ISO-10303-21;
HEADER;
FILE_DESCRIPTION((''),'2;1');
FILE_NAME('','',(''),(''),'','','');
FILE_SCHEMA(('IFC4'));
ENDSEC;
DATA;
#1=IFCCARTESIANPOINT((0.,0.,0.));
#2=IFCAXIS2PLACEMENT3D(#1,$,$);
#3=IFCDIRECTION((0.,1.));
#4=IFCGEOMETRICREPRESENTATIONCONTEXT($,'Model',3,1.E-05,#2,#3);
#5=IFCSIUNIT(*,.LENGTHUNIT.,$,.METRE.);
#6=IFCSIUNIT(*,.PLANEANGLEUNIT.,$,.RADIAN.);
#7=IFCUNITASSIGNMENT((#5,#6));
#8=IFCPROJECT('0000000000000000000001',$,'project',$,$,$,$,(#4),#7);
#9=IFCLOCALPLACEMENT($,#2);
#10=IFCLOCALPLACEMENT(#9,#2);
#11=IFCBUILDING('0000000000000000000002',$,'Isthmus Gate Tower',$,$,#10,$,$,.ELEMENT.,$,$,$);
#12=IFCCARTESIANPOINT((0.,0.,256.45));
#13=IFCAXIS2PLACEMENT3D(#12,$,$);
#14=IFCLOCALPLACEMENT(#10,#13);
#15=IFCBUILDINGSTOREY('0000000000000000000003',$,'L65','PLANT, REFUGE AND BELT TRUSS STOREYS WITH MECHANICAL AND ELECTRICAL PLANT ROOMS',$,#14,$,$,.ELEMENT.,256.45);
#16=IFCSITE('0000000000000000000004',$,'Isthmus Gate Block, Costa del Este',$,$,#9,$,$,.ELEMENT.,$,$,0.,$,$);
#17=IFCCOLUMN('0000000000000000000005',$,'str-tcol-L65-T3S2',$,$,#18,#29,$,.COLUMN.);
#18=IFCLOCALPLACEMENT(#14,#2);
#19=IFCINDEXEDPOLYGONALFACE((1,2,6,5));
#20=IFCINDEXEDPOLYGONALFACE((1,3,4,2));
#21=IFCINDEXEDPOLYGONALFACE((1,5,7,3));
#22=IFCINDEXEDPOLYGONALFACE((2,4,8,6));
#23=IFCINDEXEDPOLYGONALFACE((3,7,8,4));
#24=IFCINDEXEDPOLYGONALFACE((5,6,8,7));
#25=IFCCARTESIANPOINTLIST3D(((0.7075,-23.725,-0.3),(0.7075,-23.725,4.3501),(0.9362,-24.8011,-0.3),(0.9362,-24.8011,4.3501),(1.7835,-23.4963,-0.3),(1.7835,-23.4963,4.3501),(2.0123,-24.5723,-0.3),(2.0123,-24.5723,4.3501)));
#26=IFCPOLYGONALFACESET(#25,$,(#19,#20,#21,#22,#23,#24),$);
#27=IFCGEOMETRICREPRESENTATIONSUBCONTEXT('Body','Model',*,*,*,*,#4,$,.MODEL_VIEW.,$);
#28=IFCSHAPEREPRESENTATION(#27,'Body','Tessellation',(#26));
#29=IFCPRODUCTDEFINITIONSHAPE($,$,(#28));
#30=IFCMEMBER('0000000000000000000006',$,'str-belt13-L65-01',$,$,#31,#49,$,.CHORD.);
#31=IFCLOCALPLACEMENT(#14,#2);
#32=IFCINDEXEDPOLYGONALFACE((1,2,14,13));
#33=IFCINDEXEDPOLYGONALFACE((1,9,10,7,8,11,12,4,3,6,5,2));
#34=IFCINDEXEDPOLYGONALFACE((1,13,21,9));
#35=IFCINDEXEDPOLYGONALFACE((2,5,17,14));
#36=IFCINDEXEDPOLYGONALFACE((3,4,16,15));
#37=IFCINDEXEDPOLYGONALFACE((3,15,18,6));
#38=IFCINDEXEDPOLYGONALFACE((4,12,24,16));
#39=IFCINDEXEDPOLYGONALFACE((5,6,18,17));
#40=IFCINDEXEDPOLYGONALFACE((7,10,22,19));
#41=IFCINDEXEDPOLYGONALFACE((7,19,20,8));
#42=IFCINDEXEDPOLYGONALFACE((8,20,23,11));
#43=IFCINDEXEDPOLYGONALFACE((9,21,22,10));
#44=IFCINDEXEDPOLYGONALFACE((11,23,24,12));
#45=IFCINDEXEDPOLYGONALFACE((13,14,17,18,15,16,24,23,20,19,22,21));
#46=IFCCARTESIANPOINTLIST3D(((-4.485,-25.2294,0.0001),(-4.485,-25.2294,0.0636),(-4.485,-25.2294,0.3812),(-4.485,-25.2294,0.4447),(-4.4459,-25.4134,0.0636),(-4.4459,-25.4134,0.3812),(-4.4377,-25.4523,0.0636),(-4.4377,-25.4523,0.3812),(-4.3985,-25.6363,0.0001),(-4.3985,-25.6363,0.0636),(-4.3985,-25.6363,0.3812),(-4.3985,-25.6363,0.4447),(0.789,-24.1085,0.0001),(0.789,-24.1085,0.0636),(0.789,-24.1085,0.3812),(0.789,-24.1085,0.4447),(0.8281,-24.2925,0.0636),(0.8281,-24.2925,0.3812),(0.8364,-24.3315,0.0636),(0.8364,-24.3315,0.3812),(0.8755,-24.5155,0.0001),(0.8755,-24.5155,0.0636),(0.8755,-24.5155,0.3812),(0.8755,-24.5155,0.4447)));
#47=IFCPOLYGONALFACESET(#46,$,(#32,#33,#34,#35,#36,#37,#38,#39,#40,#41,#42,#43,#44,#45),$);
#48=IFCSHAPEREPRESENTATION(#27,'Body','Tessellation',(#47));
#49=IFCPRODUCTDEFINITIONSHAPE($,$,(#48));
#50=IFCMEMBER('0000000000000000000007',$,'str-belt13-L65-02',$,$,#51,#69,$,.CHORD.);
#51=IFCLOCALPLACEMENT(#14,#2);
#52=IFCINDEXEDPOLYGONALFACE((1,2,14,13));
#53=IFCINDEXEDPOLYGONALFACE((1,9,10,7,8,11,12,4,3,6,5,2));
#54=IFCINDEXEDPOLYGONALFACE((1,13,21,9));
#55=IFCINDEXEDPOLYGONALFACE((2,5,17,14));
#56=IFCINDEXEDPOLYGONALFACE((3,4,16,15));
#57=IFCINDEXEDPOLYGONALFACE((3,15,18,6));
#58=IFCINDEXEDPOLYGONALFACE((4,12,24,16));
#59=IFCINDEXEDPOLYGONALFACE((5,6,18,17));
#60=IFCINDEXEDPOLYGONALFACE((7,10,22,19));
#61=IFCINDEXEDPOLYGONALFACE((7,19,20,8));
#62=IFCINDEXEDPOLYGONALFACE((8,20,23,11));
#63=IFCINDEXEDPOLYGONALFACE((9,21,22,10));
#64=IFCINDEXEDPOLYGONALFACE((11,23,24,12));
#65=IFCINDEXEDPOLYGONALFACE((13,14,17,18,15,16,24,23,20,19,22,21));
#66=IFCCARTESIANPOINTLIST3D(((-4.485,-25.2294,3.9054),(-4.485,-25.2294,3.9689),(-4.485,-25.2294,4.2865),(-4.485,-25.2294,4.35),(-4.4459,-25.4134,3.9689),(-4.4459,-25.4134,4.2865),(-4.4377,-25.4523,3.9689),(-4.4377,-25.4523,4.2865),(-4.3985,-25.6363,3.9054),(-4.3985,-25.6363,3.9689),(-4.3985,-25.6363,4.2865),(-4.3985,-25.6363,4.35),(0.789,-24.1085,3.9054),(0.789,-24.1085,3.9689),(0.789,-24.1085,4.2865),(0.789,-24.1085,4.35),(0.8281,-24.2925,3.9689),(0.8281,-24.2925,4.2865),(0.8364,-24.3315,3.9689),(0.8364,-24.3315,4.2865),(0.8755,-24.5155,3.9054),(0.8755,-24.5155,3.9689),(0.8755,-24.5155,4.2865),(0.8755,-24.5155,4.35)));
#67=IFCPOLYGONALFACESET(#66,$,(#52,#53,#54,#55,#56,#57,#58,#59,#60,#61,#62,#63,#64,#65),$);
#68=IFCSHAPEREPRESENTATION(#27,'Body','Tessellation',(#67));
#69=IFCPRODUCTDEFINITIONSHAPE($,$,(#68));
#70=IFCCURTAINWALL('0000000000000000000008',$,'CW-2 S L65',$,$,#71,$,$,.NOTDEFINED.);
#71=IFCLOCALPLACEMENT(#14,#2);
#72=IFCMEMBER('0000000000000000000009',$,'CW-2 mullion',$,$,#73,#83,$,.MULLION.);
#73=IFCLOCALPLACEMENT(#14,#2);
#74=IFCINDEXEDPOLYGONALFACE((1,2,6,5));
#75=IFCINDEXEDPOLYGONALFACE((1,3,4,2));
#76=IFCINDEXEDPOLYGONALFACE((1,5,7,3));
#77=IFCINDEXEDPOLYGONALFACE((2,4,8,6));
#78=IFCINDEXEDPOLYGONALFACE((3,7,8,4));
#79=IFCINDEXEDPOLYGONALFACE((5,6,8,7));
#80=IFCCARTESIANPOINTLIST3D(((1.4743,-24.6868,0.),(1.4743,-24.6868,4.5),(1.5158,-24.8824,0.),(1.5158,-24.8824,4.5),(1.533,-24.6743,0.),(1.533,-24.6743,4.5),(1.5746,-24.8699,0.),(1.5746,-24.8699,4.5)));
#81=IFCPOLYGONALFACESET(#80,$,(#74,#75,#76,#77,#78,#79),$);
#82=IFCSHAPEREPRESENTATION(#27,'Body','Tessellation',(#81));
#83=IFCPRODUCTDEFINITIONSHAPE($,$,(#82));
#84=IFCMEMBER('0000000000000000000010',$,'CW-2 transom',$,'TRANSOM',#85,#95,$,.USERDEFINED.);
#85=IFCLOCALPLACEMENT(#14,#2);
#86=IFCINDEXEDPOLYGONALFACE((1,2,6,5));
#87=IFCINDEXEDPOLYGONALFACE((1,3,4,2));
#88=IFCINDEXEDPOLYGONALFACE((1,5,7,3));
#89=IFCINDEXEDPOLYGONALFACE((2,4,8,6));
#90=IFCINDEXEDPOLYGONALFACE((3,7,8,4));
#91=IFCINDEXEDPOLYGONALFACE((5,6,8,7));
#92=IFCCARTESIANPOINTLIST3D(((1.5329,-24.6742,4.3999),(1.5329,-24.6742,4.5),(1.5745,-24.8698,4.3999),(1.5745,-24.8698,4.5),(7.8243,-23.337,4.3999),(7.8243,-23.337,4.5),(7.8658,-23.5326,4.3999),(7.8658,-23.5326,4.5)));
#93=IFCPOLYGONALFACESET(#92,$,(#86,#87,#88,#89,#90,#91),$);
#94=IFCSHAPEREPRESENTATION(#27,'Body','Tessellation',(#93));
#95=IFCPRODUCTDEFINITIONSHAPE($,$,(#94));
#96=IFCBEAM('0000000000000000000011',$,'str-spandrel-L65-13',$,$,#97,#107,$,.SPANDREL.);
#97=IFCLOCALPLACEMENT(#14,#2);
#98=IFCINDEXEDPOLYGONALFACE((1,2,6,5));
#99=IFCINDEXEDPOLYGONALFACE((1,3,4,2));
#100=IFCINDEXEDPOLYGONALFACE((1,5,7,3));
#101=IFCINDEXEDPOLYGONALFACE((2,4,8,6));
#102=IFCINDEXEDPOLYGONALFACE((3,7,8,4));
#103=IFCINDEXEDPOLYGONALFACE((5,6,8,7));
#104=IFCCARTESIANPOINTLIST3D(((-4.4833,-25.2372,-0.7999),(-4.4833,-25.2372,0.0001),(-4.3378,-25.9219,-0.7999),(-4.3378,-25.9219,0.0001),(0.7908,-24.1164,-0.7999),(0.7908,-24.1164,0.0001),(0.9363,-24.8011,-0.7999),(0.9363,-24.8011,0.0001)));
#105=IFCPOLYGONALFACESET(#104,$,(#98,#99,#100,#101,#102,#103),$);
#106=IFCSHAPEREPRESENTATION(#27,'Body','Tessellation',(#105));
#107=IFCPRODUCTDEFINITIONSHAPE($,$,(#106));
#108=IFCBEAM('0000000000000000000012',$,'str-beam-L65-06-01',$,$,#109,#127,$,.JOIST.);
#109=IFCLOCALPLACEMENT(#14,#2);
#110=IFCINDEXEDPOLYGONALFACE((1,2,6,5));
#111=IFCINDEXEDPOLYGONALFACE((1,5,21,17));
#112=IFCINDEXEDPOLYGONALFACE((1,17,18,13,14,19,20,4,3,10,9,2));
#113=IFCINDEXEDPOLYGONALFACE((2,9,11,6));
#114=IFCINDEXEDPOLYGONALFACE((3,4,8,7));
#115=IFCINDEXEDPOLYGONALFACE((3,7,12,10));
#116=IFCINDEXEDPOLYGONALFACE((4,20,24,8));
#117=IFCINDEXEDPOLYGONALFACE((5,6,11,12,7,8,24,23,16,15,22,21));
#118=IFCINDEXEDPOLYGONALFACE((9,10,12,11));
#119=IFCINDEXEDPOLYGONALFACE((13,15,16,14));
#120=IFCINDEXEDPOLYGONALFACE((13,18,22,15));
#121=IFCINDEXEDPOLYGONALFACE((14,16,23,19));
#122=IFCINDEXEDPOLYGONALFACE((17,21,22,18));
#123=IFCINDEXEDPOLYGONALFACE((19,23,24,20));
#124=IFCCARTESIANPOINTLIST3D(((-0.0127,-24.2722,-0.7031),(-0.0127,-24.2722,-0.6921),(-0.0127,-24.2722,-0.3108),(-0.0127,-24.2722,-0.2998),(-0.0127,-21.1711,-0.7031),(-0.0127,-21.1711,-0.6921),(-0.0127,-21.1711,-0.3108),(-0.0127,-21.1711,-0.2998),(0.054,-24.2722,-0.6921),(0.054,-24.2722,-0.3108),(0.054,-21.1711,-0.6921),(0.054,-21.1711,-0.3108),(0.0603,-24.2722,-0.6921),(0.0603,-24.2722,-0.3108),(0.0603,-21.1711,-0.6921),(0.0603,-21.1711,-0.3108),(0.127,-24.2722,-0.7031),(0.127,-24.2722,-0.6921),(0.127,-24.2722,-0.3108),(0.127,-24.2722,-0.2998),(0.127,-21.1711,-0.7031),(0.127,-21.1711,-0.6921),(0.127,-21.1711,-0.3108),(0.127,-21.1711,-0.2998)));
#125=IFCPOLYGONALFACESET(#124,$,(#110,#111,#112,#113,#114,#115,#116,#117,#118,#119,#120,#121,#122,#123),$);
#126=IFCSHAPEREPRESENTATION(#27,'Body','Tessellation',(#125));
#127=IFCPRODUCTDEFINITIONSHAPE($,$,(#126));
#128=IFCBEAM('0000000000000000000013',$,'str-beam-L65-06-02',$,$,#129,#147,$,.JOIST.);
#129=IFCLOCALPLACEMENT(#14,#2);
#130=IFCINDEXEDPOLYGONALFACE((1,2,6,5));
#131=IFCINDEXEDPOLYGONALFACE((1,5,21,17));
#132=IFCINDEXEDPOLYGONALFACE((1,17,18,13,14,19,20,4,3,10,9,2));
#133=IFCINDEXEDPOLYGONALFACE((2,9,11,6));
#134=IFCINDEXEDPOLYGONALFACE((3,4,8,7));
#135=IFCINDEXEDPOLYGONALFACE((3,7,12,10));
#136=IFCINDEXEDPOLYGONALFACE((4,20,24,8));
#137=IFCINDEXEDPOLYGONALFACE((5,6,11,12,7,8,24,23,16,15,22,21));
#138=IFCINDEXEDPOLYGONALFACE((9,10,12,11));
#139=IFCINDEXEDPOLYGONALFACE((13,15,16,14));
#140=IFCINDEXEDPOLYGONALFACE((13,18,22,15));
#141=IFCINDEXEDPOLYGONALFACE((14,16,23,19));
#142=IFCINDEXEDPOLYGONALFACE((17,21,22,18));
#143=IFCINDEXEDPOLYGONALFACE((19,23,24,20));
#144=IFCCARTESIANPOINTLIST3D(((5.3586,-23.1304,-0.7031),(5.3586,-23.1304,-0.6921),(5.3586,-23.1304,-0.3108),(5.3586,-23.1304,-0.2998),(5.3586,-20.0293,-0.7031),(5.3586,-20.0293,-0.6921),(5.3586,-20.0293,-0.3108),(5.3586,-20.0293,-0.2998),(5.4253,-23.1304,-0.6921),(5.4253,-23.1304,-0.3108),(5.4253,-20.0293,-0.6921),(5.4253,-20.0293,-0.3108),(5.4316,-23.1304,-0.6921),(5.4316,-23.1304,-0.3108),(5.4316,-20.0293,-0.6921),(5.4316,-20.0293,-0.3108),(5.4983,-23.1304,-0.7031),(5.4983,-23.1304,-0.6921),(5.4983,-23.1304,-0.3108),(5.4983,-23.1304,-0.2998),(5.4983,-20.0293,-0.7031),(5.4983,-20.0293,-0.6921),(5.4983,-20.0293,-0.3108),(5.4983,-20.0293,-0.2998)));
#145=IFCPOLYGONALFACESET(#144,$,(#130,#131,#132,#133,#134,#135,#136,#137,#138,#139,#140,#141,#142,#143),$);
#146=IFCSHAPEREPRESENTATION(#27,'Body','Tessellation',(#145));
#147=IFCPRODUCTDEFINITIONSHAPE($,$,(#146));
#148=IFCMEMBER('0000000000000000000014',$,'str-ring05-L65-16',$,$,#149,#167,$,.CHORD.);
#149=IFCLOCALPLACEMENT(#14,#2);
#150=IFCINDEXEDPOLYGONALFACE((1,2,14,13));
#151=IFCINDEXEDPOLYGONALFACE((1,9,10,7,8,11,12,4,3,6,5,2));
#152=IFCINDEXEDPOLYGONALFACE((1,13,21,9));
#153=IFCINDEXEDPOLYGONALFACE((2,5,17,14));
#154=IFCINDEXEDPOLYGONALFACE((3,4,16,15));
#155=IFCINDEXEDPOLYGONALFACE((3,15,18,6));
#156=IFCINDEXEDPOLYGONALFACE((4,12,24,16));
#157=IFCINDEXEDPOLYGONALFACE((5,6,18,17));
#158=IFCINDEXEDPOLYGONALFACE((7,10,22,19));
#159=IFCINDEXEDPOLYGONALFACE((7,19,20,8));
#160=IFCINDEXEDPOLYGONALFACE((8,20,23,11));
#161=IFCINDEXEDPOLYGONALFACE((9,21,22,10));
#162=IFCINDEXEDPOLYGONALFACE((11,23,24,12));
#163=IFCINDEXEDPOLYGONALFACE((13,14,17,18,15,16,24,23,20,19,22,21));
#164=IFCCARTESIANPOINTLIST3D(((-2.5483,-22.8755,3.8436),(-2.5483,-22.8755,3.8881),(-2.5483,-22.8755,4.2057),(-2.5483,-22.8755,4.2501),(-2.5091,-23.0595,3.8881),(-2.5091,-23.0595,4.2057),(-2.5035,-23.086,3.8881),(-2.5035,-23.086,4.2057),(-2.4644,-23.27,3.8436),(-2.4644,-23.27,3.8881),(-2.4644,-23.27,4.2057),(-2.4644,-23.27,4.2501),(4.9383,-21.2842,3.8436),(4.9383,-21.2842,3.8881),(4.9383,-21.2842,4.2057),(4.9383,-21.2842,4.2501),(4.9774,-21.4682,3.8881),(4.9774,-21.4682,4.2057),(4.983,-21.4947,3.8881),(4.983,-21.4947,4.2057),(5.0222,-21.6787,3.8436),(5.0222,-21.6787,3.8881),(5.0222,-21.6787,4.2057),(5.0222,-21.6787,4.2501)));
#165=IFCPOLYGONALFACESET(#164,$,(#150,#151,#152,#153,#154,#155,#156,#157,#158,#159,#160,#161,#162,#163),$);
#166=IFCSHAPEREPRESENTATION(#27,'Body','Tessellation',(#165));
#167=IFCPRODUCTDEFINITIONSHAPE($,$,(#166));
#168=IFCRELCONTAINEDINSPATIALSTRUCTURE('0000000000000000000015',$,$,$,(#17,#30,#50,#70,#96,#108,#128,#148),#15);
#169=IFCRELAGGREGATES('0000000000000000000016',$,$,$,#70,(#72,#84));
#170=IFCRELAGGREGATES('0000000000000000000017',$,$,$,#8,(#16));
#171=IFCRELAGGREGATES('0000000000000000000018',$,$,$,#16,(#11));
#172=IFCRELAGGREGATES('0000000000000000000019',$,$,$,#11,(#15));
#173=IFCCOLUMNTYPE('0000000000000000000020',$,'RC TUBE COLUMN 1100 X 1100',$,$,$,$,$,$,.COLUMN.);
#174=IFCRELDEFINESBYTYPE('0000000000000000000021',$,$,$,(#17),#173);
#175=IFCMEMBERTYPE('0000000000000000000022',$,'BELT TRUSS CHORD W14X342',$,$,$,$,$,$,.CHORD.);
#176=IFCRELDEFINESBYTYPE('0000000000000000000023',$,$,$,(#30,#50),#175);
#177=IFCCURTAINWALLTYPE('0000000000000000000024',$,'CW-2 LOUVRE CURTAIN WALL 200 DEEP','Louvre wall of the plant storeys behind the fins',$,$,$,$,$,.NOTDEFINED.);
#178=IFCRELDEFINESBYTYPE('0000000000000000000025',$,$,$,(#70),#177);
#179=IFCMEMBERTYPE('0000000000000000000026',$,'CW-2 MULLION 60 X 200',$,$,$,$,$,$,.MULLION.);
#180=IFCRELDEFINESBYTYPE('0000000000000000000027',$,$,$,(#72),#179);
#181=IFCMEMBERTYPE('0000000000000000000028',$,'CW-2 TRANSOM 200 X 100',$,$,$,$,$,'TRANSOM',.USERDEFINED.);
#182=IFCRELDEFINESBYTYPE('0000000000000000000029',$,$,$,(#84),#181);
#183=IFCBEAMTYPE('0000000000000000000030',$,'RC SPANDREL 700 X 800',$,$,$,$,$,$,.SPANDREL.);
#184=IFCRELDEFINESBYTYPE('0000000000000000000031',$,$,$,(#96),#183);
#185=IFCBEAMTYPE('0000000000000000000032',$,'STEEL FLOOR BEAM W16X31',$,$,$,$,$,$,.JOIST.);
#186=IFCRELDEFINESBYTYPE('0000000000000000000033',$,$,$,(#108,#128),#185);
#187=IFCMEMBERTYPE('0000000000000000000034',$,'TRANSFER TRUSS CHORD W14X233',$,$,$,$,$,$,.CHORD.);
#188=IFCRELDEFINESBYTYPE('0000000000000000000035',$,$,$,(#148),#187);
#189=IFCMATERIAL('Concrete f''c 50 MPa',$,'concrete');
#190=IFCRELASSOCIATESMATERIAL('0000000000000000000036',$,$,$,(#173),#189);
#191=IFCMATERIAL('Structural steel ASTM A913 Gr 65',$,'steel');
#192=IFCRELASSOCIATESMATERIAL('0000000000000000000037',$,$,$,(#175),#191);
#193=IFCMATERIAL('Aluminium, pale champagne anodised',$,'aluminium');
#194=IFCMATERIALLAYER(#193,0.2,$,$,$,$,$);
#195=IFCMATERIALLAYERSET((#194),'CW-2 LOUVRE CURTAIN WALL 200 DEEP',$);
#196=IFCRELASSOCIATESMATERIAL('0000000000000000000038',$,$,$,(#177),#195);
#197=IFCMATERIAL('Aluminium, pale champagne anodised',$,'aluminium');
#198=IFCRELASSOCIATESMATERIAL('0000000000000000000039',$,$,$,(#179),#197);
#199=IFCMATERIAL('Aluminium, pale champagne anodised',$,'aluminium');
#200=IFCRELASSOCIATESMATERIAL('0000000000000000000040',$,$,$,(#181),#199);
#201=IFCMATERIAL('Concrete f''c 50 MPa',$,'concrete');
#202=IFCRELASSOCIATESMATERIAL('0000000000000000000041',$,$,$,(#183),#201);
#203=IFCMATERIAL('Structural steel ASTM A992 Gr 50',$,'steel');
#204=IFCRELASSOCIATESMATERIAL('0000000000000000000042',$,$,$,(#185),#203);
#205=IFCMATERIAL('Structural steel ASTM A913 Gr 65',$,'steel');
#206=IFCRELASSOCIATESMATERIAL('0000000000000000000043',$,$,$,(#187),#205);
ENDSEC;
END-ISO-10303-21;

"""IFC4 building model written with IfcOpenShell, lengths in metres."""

from ifc_helpers import new_model, si_unit, direction, frame, origin, origin_2d, place, context, subcontext, project, spatial, rectangle, i_section, extrude, material, layer, layer_set, material_profile, profile_set, type_object, element, aggregate, save


model = new_model("IFC4")

# Units and contexts
model_context = context("Model", 3, precision=1e-05, world=origin(), true_north=direction((0.0, 1.0)))
body_context = subcontext(model_context, "Body", "Model", "MODEL_VIEW")
ifc_project = project(units=[si_unit("LENGTHUNIT", "METRE"), si_unit("PLANEANGLEUNIT", "RADIAN")], contexts=[model_context])

# Site, building, storey
site_placement = place(None, origin())
site = spatial("IfcSite", under=ifc_project, at=site_placement, Name="Isthmus Gate Block, Costa del Este", CompositionType="ELEMENT", RefElevation=0.0)
building_placement = place(site_placement, origin())
building = spatial("IfcBuilding", under=site, at=building_placement, Name="Isthmus Gate Tower", CompositionType="ELEMENT")
storey_placement = place(building_placement, frame((0.0, 0.0, 256.45)))
storey = spatial("IfcBuildingStorey", under=building, at=storey_placement, Name="L65", Description="PLANT, REFUGE AND BELT TRUSS STOREYS WITH MECHANICAL AND ELECTRICAL PLANT ROOMS", CompositionType="ELEMENT", Elevation=256.45)

# Column
ifc_material_1 = material(Name="Concrete f'c 50 MPa", Category="concrete")
ifc_material_profile_1 = material_profile(ifc_material_1, rectangle(XDim=1.1001, YDim=1.1001, at=origin_2d()), Name="RC 1100X1100")
ifc_profile_set_1 = profile_set([ifc_material_profile_1], Name="Concrete f'c 50 MPa")
column_type = type_object("IfcColumnType", Name="RC TUBE COLUMN 1100 X 1100", PredefinedType="COLUMN", material=ifc_profile_set_1)
column_placement = place(storey_placement, frame((1.3599, -24.1487, -0.3), z_axis=(0.0, 0.0, 1.0), x_axis=(0.978148, 0.207912, 0.0)))
element("IfcColumn", 1, at=column_placement, inside=storey, type_object=column_type, Name="str-tcol-L65-T3S2", PredefinedType="COLUMN", context=body_context, shape_type="SweptSolid", body=[
    extrude(rectangle(XDim=1.1001, YDim=1.1001, at=origin_2d()), origin(), (0.0, 0.0, 1.0), 4.6501),
])

# Members
ifc_material_2 = material(Name="Structural steel ASTM A913 Gr 65", Category="steel")
ifc_material_profile_2 = material_profile(ifc_material_2, i_section(OverallWidth=0.416, OverallDepth=0.4446, WebThickness=0.0398, FlangeThickness=0.0635, at=origin_2d()), Name="W14X342")
ifc_profile_set_2 = profile_set([ifc_material_profile_2], Name="Structural steel ASTM A913 Gr 65")
member_type_1 = type_object("IfcMemberType", Name="BELT TRUSS CHORD W14X342", PredefinedType="CHORD", material=ifc_profile_set_2)
for number, where, z_axis, x_axis, name in (
    (2, (0.8323, -24.312, 0.2224), (-0.978156, -0.207874, 0.0), (0.207874, -0.978156, 0.0), "str-belt13-L65-01"),
    (3, (0.8323, -24.312, 4.1277), (-0.978156, -0.207874, 0.0), (0.207874, -0.978156, 0.0), "str-belt13-L65-02"),
):
    element("IfcMember", number, at=place(storey_placement, frame(where, z_axis=z_axis, x_axis=x_axis)), inside=storey, type_object=member_type_1, Name=name, PredefinedType="CHORD", context=body_context, shape_type="SweptSolid", body=[
        extrude(i_section(OverallWidth=0.416, OverallDepth=0.4446, WebThickness=0.0398, FlangeThickness=0.0635, at=origin_2d()), origin(), (0.0, 0.0, 1.0), 5.3918),
    ])

# Curtain wall, members
ifc_material_3 = material(Name="Aluminium, pale champagne anodised", Category="aluminium")
ifc_layer_1 = layer(ifc_material_3, 0.2)
ifc_layer_set_1 = layer_set([ifc_layer_1], Name="CW-2 LOUVRE CURTAIN WALL 200 DEEP")
curtain_wall_type = type_object("IfcCurtainWallType", Name="CW-2 LOUVRE CURTAIN WALL 200 DEEP", Description="Louvre wall of the plant storeys behind the fins", PredefinedType="NOTDEFINED", material=ifc_layer_set_1)
curtain_wall_placement = place(storey_placement, origin())
curtain_wall = element("IfcCurtainWall", 4, at=curtain_wall_placement, inside=storey, type_object=curtain_wall_type, Name="CW-2 S L65", PredefinedType="NOTDEFINED")
ifc_material_4 = material(Name="Aluminium, pale champagne anodised", Category="aluminium")
ifc_material_profile_3 = material_profile(ifc_material_4, rectangle(XDim=0.0601, YDim=0.2, at=origin_2d()), Name="60x200")
ifc_profile_set_3 = profile_set([ifc_material_profile_3], Name="Aluminium, pale champagne anodised")
member_type_2 = type_object("IfcMemberType", Name="CW-2 MULLION 60 X 200", PredefinedType="MULLION", material=ifc_profile_set_3)
member_1_placement = place(storey_placement, frame((1.5244, -24.7783, 0.0), z_axis=(0.0, 0.0, 1.0), x_axis=(0.978148, 0.207912, 0.0)))
member_1 = element("IfcMember", 5, at=member_1_placement, type_object=member_type_2, Name="CW-2 mullion", PredefinedType="MULLION", context=body_context, shape_type="SweptSolid", body=[
    extrude(rectangle(XDim=0.0601, YDim=0.2, at=origin_2d()), origin(), (0.0, 0.0, 1.0), 4.5),
])
ifc_material_5 = material(Name="Aluminium, pale champagne anodised", Category="aluminium")
ifc_material_profile_4 = material_profile(ifc_material_5, rectangle(XDim=0.2, YDim=0.1001, at=origin_2d()), Name="200x100")
ifc_profile_set_4 = profile_set([ifc_material_profile_4], Name="Aluminium, pale champagne anodised")
member_type_3 = type_object("IfcMemberType", Name="CW-2 TRANSOM 200 X 100", ElementType="TRANSOM", PredefinedType="USERDEFINED", material=ifc_profile_set_4)
member_2_placement = place(storey_placement, frame((1.5537, -24.772, 4.45), z_axis=(0.97815, 0.207898, 0.0), x_axis=(-0.207898, 0.97815, 0.0)))
member_2 = element("IfcMember", 6, at=member_2_placement, type_object=member_type_3, Name="CW-2 transom", ObjectType="TRANSOM", PredefinedType="USERDEFINED", context=body_context, shape_type="SweptSolid", body=[
    extrude(rectangle(XDim=0.2, YDim=0.1001, at=origin_2d()), origin(), (0.0, 0.0, 1.0), 6.4319),
])

# Beams
ifc_material_6 = material(Name="Concrete f'c 50 MPa", Category="concrete")
ifc_material_profile_5 = material_profile(ifc_material_6, rectangle(XDim=0.7, YDim=0.8, at=origin_2d()), Name="RC 700X800")
ifc_profile_set_5 = profile_set([ifc_material_profile_5], Name="Concrete f'c 50 MPa")
beam_type_1 = type_object("IfcBeamType", Name="RC SPANDREL 700 X 800", PredefinedType="SPANDREL", material=ifc_profile_set_5)
beam_placement = place(storey_placement, frame((0.8635, -24.4587, -0.3999), z_axis=(-0.978156, -0.207874, 0.0), x_axis=(0.207874, -0.978156, 0.0)))
element("IfcBeam", 7, at=beam_placement, inside=storey, type_object=beam_type_1, Name="str-spandrel-L65-13", PredefinedType="SPANDREL", context=body_context, shape_type="SweptSolid", body=[
    extrude(rectangle(XDim=0.7, YDim=0.8, at=origin_2d()), origin(), (0.0, 0.0, 1.0), 5.3918),
])
ifc_material_7 = material(Name="Structural steel ASTM A992 Gr 50", Category="steel")
ifc_material_profile_6 = material_profile(ifc_material_7, i_section(OverallWidth=0.1396, OverallDepth=0.4033, WebThickness=0.0063, FlangeThickness=0.011, at=origin_2d()), Name="W16X31")
ifc_profile_set_6 = profile_set([ifc_material_profile_6], Name="Structural steel ASTM A992 Gr 50")
beam_type_2 = type_object("IfcBeamType", Name="STEEL FLOOR BEAM W16X31", PredefinedType="JOIST", material=ifc_profile_set_6)
for number, where, z_axis, x_axis, name in (
    (8, (0.0571, -24.2722, -0.5015), (0.0, 1.0, 0.0), (-1.0, 0.0, 0.0), "str-beam-L65-06-01"),
    (9, (5.4285, -23.1304, -0.5015), (0.0, 1.0, 0.0), (-1.0, 0.0, 0.0), "str-beam-L65-06-02"),
):
    element("IfcBeam", number, at=place(storey_placement, frame(where, z_axis=z_axis, x_axis=x_axis)), inside=storey, type_object=beam_type_2, Name=name, PredefinedType="JOIST", context=body_context, shape_type="SweptSolid", body=[
        extrude(i_section(OverallWidth=0.1396, OverallDepth=0.4033, WebThickness=0.0063, FlangeThickness=0.011, at=origin_2d()), origin(), (0.0, 0.0, 1.0), 3.1011),
    ])

# Member
ifc_material_8 = material(Name="Structural steel ASTM A913 Gr 65", Category="steel")
ifc_material_profile_7 = material_profile(ifc_material_8, i_section(OverallWidth=0.4033, OverallDepth=0.4065, WebThickness=0.0271, FlangeThickness=0.0444, at=origin_2d()), Name="W14X233")
ifc_profile_set_7 = profile_set([ifc_material_profile_7], Name="Structural steel ASTM A913 Gr 65")
member_type_4 = type_object("IfcMemberType", Name="TRANSFER TRUSS CHORD W14X233", PredefinedType="CHORD", material=ifc_profile_set_7)
member_3_placement = place(storey_placement, frame((4.9802, -21.4814, 4.0469), z_axis=(-0.978148, -0.20791, 0.0), x_axis=(0.20791, -0.978148, 0.0)))
element("IfcMember", 10, at=member_3_placement, inside=storey, type_object=member_type_4, Name="str-ring05-L65-16", PredefinedType="CHORD", context=body_context, shape_type="SweptSolid", body=[
    extrude(i_section(OverallWidth=0.4033, OverallDepth=0.4065, WebThickness=0.0271, FlangeThickness=0.0444, at=origin_2d()), origin(), (0.0, 0.0, 1.0), 7.6538),
])

aggregate(curtain_wall, [member_1, member_2])

save(model, "model.ifc")
